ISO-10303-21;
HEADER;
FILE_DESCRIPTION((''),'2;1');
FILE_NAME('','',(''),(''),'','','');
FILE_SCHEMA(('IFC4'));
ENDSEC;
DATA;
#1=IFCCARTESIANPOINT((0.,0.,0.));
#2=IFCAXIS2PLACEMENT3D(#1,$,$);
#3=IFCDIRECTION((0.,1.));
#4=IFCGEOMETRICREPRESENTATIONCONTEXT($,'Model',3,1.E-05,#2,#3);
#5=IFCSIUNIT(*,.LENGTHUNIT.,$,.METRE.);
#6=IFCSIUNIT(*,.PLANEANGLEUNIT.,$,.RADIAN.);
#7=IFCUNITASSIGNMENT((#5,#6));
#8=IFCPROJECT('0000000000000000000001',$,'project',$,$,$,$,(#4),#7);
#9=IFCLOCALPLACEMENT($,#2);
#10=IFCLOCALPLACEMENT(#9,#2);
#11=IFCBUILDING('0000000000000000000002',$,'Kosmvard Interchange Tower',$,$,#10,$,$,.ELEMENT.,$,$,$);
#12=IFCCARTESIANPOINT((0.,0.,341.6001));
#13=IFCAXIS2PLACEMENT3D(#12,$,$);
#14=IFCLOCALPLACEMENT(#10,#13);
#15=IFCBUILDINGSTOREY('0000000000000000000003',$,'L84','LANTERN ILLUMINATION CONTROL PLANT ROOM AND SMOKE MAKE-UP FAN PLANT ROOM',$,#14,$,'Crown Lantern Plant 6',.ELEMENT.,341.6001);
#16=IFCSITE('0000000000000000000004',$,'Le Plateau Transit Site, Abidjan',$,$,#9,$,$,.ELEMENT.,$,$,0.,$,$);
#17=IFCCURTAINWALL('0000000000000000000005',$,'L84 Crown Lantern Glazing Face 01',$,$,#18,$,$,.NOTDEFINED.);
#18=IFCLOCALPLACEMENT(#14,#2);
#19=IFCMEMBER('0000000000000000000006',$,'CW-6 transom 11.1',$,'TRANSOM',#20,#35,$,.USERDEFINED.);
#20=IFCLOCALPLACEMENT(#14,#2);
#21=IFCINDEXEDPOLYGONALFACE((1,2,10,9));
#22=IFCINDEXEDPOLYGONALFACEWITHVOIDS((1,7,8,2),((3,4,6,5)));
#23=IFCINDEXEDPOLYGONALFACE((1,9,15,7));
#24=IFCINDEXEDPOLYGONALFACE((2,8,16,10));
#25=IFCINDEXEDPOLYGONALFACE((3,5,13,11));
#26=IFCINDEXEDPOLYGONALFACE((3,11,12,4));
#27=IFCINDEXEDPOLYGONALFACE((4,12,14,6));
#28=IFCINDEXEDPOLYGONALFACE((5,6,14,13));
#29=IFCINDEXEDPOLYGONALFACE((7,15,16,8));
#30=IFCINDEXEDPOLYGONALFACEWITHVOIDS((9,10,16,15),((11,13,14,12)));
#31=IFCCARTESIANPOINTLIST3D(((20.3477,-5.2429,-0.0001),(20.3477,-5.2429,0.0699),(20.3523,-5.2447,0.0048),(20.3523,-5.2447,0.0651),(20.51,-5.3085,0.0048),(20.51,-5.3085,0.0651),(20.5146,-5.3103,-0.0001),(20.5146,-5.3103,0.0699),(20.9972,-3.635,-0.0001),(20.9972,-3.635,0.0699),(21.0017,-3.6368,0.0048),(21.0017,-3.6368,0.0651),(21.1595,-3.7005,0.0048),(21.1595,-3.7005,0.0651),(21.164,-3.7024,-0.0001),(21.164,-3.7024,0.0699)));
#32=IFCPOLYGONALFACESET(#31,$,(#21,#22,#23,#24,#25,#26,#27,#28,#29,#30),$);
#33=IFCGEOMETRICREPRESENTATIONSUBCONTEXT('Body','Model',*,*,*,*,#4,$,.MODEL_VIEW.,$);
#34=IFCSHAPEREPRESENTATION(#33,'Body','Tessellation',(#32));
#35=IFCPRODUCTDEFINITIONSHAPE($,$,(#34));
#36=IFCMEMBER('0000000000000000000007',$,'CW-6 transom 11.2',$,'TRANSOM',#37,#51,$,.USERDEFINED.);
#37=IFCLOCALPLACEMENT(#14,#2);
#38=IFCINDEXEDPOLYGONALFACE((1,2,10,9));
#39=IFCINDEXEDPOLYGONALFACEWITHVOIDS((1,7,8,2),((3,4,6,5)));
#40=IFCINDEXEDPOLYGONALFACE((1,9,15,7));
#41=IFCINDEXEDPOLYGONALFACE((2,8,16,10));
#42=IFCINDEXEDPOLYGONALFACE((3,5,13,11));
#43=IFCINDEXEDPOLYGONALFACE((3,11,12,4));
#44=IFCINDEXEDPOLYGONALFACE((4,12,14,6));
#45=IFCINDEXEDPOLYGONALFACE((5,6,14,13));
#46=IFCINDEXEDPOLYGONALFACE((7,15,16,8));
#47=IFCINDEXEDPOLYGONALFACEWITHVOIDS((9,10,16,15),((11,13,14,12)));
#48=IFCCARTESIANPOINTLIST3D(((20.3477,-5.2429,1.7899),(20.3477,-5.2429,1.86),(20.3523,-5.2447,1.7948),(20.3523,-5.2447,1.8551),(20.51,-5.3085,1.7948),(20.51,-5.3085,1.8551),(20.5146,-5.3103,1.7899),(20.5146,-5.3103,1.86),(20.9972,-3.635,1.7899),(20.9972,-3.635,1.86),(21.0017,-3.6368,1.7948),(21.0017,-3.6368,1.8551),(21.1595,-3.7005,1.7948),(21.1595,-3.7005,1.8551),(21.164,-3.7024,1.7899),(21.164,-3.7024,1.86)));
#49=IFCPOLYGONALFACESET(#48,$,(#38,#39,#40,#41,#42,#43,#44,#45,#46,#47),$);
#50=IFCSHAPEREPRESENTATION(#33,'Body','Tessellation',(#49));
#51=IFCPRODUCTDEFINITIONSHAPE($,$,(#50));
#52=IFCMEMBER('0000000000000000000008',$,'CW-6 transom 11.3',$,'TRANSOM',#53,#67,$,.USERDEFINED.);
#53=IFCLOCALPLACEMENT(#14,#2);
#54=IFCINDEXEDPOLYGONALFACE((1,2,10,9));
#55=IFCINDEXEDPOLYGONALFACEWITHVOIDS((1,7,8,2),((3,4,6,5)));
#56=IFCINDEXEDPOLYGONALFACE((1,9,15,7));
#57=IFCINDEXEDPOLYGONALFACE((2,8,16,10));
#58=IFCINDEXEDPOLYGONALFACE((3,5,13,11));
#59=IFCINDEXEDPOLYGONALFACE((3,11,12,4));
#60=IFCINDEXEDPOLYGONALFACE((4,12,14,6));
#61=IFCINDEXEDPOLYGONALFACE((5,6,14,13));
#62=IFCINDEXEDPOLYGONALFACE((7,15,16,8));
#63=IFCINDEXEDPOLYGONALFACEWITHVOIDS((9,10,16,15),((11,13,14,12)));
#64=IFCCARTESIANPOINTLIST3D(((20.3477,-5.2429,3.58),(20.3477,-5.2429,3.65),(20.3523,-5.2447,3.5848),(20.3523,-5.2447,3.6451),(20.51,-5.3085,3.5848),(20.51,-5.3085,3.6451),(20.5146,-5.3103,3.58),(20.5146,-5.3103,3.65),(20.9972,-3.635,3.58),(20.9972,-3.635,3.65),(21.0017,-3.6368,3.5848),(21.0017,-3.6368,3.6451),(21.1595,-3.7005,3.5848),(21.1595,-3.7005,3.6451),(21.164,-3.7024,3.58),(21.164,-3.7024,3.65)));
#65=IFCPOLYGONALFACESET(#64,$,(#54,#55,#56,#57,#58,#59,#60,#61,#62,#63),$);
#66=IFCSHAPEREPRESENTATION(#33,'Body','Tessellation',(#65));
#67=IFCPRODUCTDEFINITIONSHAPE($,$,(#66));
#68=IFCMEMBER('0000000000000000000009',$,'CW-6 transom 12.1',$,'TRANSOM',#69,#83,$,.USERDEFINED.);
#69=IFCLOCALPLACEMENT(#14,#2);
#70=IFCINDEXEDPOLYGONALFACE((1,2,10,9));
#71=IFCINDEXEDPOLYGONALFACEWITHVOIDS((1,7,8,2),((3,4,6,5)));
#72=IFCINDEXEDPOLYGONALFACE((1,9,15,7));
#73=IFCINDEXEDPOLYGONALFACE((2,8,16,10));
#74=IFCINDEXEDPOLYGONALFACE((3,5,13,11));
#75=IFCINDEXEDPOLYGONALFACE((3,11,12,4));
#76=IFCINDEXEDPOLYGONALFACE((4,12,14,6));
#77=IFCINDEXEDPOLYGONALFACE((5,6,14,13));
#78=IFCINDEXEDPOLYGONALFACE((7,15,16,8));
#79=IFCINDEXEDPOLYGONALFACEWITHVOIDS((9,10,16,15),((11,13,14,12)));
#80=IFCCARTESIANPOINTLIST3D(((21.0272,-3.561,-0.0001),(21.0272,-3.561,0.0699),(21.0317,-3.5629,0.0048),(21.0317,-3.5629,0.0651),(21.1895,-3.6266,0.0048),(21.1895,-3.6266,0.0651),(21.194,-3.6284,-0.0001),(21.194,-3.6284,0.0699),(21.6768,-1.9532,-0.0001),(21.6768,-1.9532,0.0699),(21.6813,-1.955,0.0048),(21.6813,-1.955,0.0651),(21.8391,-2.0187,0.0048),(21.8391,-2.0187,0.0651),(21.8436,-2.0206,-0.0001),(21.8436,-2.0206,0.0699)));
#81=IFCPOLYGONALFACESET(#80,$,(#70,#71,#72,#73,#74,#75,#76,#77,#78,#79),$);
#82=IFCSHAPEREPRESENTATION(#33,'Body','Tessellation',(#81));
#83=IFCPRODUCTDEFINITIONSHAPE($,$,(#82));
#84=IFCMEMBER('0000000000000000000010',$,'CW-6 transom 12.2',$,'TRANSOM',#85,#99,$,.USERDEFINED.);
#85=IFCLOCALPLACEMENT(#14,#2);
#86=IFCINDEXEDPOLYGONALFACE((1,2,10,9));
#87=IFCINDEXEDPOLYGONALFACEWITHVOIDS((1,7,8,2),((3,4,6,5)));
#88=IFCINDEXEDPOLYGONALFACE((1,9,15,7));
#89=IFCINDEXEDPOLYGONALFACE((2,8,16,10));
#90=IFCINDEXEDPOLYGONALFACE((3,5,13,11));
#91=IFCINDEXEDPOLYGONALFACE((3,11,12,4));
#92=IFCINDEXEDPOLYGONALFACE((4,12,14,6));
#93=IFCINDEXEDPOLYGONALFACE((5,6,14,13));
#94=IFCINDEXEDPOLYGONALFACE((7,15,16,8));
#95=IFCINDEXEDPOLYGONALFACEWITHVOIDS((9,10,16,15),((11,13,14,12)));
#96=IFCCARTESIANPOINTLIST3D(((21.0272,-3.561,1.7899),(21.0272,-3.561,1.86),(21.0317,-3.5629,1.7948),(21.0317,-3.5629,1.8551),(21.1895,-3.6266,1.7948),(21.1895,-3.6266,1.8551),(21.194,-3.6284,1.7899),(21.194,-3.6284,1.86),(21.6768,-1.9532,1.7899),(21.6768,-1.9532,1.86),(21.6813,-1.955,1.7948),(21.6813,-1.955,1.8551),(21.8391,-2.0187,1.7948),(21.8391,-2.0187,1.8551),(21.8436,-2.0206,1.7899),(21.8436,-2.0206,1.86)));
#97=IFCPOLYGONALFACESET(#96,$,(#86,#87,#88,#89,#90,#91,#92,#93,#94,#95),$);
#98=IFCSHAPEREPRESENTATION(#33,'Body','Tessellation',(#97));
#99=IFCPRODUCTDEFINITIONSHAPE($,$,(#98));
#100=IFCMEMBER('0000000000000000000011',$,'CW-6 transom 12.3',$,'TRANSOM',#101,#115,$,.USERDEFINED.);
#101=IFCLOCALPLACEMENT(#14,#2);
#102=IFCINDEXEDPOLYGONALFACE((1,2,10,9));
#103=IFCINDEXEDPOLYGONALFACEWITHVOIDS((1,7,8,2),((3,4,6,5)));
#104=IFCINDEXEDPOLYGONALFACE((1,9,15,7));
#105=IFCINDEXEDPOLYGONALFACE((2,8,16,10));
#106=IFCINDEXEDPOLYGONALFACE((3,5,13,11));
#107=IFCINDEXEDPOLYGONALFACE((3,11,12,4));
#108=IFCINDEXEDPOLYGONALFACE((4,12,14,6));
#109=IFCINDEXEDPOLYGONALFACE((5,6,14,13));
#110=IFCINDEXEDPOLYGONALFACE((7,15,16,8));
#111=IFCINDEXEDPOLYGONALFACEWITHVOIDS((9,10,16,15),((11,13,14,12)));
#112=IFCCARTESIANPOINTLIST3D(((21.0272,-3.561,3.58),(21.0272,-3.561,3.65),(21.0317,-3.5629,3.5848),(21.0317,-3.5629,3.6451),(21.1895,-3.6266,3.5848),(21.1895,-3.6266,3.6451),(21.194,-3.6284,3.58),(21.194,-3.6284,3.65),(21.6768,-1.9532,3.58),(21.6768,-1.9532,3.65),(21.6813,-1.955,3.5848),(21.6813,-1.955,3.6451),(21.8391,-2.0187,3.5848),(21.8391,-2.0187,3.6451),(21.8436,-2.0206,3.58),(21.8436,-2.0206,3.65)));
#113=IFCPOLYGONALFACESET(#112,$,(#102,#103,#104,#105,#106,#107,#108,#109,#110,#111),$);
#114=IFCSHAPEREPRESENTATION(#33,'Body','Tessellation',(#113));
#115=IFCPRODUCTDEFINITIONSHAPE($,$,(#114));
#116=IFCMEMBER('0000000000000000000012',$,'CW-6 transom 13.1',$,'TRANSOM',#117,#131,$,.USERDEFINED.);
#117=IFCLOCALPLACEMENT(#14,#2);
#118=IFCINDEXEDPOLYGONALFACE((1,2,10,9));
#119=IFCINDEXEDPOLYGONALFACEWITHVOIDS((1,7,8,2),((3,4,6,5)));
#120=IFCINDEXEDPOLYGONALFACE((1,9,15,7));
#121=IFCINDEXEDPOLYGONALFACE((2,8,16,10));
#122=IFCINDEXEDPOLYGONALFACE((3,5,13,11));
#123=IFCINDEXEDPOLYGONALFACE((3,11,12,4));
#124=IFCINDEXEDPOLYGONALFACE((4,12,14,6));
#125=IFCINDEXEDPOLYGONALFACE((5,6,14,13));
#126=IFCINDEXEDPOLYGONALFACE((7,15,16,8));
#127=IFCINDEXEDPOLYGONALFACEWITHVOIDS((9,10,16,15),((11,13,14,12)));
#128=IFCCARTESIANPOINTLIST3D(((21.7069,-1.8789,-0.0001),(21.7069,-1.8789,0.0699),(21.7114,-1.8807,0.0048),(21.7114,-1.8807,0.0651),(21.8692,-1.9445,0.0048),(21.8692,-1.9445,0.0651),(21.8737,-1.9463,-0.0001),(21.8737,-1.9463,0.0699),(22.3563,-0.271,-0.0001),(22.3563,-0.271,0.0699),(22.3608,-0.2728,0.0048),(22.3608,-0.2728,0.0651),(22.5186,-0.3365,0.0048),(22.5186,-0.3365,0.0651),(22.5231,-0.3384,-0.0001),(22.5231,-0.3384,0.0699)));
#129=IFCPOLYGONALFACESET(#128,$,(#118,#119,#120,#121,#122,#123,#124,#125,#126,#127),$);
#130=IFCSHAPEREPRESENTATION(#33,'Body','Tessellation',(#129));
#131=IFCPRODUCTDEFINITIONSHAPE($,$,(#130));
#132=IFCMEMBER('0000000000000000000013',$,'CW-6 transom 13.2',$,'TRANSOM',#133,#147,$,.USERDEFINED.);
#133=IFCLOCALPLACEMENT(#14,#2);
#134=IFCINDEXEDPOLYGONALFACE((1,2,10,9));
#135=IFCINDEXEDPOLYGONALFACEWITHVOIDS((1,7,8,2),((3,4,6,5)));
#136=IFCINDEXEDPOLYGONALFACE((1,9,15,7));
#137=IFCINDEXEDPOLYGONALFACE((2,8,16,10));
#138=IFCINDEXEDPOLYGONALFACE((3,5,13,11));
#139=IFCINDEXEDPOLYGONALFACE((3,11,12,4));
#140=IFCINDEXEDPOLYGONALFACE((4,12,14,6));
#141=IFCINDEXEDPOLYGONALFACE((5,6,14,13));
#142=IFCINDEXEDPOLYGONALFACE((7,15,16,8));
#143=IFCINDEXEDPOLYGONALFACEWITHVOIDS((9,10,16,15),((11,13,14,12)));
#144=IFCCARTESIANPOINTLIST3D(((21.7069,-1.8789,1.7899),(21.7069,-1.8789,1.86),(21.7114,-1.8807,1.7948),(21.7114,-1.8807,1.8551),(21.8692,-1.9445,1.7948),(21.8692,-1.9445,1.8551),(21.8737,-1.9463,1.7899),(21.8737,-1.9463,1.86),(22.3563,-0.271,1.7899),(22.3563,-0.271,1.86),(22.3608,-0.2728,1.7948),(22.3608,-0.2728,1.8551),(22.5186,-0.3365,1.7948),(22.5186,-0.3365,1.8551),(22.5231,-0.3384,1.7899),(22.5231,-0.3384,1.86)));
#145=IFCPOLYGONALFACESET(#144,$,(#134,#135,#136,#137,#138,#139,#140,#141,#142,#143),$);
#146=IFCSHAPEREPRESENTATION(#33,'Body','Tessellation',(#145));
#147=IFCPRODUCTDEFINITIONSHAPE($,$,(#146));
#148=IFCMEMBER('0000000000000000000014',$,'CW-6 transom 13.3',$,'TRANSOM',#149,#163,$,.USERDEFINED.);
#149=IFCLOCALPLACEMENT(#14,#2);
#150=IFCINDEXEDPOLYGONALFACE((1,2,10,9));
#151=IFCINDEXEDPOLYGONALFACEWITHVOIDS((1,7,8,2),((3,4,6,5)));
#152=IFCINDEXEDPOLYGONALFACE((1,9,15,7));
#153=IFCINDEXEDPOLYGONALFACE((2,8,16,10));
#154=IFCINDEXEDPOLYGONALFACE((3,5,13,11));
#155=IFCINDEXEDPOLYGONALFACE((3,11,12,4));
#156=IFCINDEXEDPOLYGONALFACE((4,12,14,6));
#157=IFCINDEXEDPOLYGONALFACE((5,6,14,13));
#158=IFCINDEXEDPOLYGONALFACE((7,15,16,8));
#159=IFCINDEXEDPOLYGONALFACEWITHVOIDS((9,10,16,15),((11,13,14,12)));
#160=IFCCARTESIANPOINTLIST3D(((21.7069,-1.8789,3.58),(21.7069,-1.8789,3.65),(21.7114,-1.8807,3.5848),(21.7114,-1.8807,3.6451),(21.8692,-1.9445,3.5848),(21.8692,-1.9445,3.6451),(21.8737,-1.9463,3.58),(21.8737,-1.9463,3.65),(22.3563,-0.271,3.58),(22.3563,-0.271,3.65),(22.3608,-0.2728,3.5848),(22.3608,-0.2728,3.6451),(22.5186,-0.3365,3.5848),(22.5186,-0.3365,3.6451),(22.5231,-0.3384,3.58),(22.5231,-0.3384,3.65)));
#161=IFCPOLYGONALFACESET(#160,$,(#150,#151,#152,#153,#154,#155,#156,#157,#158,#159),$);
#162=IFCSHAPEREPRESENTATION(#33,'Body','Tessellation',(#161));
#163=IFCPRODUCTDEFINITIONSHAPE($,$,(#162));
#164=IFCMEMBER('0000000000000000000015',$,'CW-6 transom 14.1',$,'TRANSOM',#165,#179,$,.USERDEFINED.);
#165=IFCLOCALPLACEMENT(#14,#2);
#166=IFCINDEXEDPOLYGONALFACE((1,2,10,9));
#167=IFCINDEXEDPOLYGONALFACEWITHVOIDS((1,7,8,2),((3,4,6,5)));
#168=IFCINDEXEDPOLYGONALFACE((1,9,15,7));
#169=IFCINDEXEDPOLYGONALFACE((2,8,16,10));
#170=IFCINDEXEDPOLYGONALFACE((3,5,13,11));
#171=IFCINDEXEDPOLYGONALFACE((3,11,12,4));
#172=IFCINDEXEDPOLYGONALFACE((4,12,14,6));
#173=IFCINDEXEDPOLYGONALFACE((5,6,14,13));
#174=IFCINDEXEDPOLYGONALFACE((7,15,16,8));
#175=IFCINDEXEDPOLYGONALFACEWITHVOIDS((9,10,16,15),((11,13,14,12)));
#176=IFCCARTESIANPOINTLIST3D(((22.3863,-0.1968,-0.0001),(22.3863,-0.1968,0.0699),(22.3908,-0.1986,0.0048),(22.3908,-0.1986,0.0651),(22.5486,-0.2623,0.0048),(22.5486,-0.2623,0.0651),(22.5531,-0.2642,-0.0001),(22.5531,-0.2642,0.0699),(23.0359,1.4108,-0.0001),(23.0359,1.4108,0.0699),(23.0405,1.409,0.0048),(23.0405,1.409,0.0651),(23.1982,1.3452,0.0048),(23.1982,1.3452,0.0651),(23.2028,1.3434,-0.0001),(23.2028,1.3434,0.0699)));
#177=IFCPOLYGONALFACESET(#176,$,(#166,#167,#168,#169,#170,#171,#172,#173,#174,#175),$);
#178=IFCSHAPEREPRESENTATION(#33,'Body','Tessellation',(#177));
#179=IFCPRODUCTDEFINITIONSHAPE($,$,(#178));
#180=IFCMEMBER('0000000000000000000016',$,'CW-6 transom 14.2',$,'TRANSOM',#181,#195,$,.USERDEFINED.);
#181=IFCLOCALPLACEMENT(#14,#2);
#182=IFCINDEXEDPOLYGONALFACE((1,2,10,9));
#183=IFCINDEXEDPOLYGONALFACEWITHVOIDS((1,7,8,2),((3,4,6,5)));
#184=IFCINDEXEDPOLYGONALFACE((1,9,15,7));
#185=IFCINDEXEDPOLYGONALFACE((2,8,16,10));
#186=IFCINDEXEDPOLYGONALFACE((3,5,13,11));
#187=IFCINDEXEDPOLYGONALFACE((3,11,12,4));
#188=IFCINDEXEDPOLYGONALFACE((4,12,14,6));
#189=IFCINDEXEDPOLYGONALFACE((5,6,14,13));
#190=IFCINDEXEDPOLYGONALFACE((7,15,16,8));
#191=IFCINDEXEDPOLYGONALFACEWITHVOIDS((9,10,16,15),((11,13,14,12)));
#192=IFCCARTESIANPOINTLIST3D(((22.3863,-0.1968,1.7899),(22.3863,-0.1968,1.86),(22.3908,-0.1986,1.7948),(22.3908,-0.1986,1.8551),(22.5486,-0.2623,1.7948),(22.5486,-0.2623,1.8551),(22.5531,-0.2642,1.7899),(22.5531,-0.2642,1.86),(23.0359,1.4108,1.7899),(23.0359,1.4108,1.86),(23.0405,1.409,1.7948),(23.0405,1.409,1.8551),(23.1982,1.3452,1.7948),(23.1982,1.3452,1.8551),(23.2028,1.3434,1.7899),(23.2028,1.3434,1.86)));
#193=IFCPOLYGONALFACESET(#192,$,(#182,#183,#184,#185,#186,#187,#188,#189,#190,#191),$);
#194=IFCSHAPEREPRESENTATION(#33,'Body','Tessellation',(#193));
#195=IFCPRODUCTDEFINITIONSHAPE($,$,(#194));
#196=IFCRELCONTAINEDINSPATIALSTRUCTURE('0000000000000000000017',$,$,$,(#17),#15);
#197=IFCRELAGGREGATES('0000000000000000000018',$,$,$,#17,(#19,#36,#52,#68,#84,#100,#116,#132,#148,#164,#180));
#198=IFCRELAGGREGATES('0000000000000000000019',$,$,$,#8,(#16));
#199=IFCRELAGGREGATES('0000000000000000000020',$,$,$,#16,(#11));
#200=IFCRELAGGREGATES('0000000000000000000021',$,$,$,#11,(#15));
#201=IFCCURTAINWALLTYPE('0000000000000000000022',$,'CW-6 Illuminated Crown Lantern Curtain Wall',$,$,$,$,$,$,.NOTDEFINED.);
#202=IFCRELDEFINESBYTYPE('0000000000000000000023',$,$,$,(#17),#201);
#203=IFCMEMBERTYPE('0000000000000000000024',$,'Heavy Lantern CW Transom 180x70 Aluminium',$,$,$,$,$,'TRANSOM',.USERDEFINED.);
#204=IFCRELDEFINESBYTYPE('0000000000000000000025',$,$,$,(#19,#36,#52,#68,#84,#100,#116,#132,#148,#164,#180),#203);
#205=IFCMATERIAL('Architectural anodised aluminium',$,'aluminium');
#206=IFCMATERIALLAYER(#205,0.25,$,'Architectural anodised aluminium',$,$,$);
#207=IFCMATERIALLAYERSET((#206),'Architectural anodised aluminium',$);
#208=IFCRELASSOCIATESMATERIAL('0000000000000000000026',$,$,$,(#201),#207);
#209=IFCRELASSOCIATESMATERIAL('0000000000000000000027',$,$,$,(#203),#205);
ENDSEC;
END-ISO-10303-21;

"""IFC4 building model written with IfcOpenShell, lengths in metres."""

from ifc_helpers import new_model, si_unit, direction, frame, origin, origin_2d, place, context, subcontext, project, spatial, hollow_rectangle, extrude, source, transform, mapped, material, layer, layer_set, material_profile, profile_set, type_object, element, aggregate, save


model = new_model("IFC4")

# Units and contexts
model_context = context("Model", 3, precision=1e-05, world=origin(), true_north=direction((0.0, 1.0)))
body_context = subcontext(model_context, "Body", "Model", "MODEL_VIEW")
ifc_project = project(units=[si_unit("LENGTHUNIT", "METRE"), si_unit("PLANEANGLEUNIT", "RADIAN")], contexts=[model_context])

# Site, building, storey
site_placement = place(None, origin())
site = spatial("IfcSite", under=ifc_project, at=site_placement, Name="Le Plateau Transit Site, Abidjan", CompositionType="ELEMENT", RefElevation=0.0)
building_placement = place(site_placement, origin())
building = spatial("IfcBuilding", under=site, at=building_placement, Name="Kosmvard Interchange Tower", CompositionType="ELEMENT")
storey_placement = place(building_placement, frame((0.0, 0.0, 341.6001)))
storey = spatial("IfcBuildingStorey", under=building, at=storey_placement, Name="L84", Description="LANTERN ILLUMINATION CONTROL PLANT ROOM AND SMOKE MAKE-UP FAN PLANT ROOM", LongName="Crown Lantern Plant 6", CompositionType="ELEMENT", Elevation=341.6001)

# Curtain wall, members
ifc_material_1 = material(Name="Architectural anodised aluminium", Category="aluminium")
ifc_layer_1 = layer(ifc_material_1, 0.25, Name="Architectural anodised aluminium")
ifc_layer_set_1 = layer_set([ifc_layer_1], Name="Architectural anodised aluminium")
curtain_wall_type = type_object("IfcCurtainWallType", Name="CW-6 Illuminated Crown Lantern Curtain Wall", PredefinedType="NOTDEFINED", material=ifc_layer_set_1)
curtain_wall_placement = place(storey_placement, origin())
curtain_wall = element("IfcCurtainWall", 1, at=curtain_wall_placement, inside=storey, type_object=curtain_wall_type, Name="L84 Crown Lantern Glazing Face 01", PredefinedType="NOTDEFINED")
ifc_material_profile_1 = material_profile(ifc_material_1, hollow_rectangle(XDim=0.1799, YDim=0.0701, WallThickness=0.0049, at=origin_2d()), Name="CWT 180x70x5")
ifc_profile_set_1 = profile_set([ifc_material_profile_1], Name="Architectural anodised aluminium")
member_type_1 = type_object("IfcMemberType", Name="Heavy Lantern CW Transom 180x70 Aluminium", ElementType="TRANSOM", PredefinedType="USERDEFINED", material=ifc_profile_set_1)
shared_shape_1 = source(origin(), body_context, "Body", "SweptSolid", [
    extrude(hollow_rectangle(XDim=0.1799, YDim=0.0701, WallThickness=0.0049, at=origin_2d()), origin(), (0.0, 0.0, 1.0), 1.7341),
])
member_1_placement = place(storey_placement, frame((20.4312, -5.2766, 0.0349), z_axis=(0.374496, 0.927229, 0.0), x_axis=(-0.927229, 0.374496, 0.0)))
member_1 = element("IfcMember", 2, at=member_1_placement, type_object=member_type_1, Name="CW-6 transom 11.1", ObjectType="TRANSOM", PredefinedType="USERDEFINED", context=body_context, shape_type="MappedRepresentation", body=[
    mapped(shared_shape_1, transform((0.0, 0.0, 0.0), scale=1.0)),
])
member_2_placement = place(storey_placement, frame((20.4312, -5.2766, 1.825), z_axis=(0.374496, 0.927229, 0.0), x_axis=(-0.927229, 0.374496, 0.0)))
member_2 = element("IfcMember", 3, at=member_2_placement, type_object=member_type_1, Name="CW-6 transom 11.2", ObjectType="TRANSOM", PredefinedType="USERDEFINED", context=body_context, shape_type="MappedRepresentation", body=[
    mapped(shared_shape_1, transform((0.0, 0.0, 0.0), scale=1.0)),
])
member_3_placement = place(storey_placement, frame((20.4312, -5.2766, 3.615), z_axis=(0.374496, 0.927229, 0.0), x_axis=(-0.927229, 0.374496, 0.0)))
member_3 = element("IfcMember", 4, at=member_3_placement, type_object=member_type_1, Name="CW-6 transom 11.3", ObjectType="TRANSOM", PredefinedType="USERDEFINED", context=body_context, shape_type="MappedRepresentation", body=[
    mapped(shared_shape_1, transform((0.0, 0.0, 0.0), scale=1.0)),
])
member_4_placement = place(storey_placement, frame((21.1106, -3.5947, 0.0349), z_axis=(0.374617, 0.92718, 0.0), x_axis=(-0.92718, 0.374617, 0.0)))
member_4 = element("IfcMember", 5, at=member_4_placement, type_object=member_type_1, Name="CW-6 transom 12.1", ObjectType="TRANSOM", PredefinedType="USERDEFINED", context=body_context, shape_type="MappedRepresentation", body=[
    mapped(shared_shape_1, transform((0.0, 0.0, 0.0), scale=1.0)),
])
member_5_placement = place(storey_placement, frame((21.1106, -3.5947, 1.825), z_axis=(0.374617, 0.92718, 0.0), x_axis=(-0.92718, 0.374617, 0.0)))
member_5 = element("IfcMember", 6, at=member_5_placement, type_object=member_type_1, Name="CW-6 transom 12.2", ObjectType="TRANSOM", PredefinedType="USERDEFINED", context=body_context, shape_type="MappedRepresentation", body=[
    mapped(shared_shape_1, transform((0.0, 0.0, 0.0), scale=1.0)),
])
member_6_placement = place(storey_placement, frame((21.1106, -3.5947, 3.615), z_axis=(0.374617, 0.92718, 0.0), x_axis=(-0.92718, 0.374617, 0.0)))
member_6 = element("IfcMember", 7, at=member_6_placement, type_object=member_type_1, Name="CW-6 transom 12.3", ObjectType="TRANSOM", PredefinedType="USERDEFINED", context=body_context, shape_type="MappedRepresentation", body=[
    mapped(shared_shape_1, transform((0.0, 0.0, 0.0), scale=1.0)),
])
member_7_placement = place(storey_placement, frame((21.7903, -1.9126, 0.0349), z_axis=(0.374496, 0.927229, 0.0), x_axis=(-0.927229, 0.374496, 0.0)))
member_7 = element("IfcMember", 8, at=member_7_placement, type_object=member_type_1, Name="CW-6 transom 13.1", ObjectType="TRANSOM", PredefinedType="USERDEFINED", context=body_context, shape_type="MappedRepresentation", body=[
    mapped(shared_shape_1, transform((0.0, 0.0, 0.0), scale=1.0)),
])
member_8_placement = place(storey_placement, frame((21.7903, -1.9126, 1.825), z_axis=(0.374496, 0.927229, 0.0), x_axis=(-0.927229, 0.374496, 0.0)))
member_8 = element("IfcMember", 9, at=member_8_placement, type_object=member_type_1, Name="CW-6 transom 13.2", ObjectType="TRANSOM", PredefinedType="USERDEFINED", context=body_context, shape_type="MappedRepresentation", body=[
    mapped(shared_shape_1, transform((0.0, 0.0, 0.0), scale=1.0)),
])
member_9_placement = place(storey_placement, frame((21.7903, -1.9126, 3.615), z_axis=(0.374496, 0.927229, 0.0), x_axis=(-0.927229, 0.374496, 0.0)))
member_9 = element("IfcMember", 10, at=member_9_placement, type_object=member_type_1, Name="CW-6 transom 13.3", ObjectType="TRANSOM", PredefinedType="USERDEFINED", context=body_context, shape_type="MappedRepresentation", body=[
    mapped(shared_shape_1, transform((0.0, 0.0, 0.0), scale=1.0)),
])
shared_shape_2 = source(origin(), body_context, "Body", "SweptSolid", [
    extrude(hollow_rectangle(XDim=0.1799, YDim=0.0701, WallThickness=0.0049, at=origin_2d()), origin(), (0.0, 0.0, 1.0), 1.7339),
])
member_10_placement = place(storey_placement, frame((22.4697, -0.2305, 0.0349), z_axis=(0.374666, 0.92716, 0.0), x_axis=(-0.92716, 0.374666, 0.0)))
member_10 = element("IfcMember", 11, at=member_10_placement, type_object=member_type_1, Name="CW-6 transom 14.1", ObjectType="TRANSOM", PredefinedType="USERDEFINED", context=body_context, shape_type="MappedRepresentation", body=[
    mapped(shared_shape_2, transform((0.0, 0.0, 0.0), scale=1.0)),
])
member_11_placement = place(storey_placement, frame((22.4697, -0.2305, 1.825), z_axis=(0.374666, 0.92716, 0.0), x_axis=(-0.92716, 0.374666, 0.0)))
member_11 = element("IfcMember", 12, at=member_11_placement, type_object=member_type_1, Name="CW-6 transom 14.2", ObjectType="TRANSOM", PredefinedType="USERDEFINED", context=body_context, shape_type="MappedRepresentation", body=[
    mapped(shared_shape_2, transform((0.0, 0.0, 0.0), scale=1.0)),
])
aggregate(curtain_wall, [member_1, member_2, member_3, member_4, member_5, member_6, member_7, member_8, member_9, member_10, member_11])

save(model, "model.ifc")
